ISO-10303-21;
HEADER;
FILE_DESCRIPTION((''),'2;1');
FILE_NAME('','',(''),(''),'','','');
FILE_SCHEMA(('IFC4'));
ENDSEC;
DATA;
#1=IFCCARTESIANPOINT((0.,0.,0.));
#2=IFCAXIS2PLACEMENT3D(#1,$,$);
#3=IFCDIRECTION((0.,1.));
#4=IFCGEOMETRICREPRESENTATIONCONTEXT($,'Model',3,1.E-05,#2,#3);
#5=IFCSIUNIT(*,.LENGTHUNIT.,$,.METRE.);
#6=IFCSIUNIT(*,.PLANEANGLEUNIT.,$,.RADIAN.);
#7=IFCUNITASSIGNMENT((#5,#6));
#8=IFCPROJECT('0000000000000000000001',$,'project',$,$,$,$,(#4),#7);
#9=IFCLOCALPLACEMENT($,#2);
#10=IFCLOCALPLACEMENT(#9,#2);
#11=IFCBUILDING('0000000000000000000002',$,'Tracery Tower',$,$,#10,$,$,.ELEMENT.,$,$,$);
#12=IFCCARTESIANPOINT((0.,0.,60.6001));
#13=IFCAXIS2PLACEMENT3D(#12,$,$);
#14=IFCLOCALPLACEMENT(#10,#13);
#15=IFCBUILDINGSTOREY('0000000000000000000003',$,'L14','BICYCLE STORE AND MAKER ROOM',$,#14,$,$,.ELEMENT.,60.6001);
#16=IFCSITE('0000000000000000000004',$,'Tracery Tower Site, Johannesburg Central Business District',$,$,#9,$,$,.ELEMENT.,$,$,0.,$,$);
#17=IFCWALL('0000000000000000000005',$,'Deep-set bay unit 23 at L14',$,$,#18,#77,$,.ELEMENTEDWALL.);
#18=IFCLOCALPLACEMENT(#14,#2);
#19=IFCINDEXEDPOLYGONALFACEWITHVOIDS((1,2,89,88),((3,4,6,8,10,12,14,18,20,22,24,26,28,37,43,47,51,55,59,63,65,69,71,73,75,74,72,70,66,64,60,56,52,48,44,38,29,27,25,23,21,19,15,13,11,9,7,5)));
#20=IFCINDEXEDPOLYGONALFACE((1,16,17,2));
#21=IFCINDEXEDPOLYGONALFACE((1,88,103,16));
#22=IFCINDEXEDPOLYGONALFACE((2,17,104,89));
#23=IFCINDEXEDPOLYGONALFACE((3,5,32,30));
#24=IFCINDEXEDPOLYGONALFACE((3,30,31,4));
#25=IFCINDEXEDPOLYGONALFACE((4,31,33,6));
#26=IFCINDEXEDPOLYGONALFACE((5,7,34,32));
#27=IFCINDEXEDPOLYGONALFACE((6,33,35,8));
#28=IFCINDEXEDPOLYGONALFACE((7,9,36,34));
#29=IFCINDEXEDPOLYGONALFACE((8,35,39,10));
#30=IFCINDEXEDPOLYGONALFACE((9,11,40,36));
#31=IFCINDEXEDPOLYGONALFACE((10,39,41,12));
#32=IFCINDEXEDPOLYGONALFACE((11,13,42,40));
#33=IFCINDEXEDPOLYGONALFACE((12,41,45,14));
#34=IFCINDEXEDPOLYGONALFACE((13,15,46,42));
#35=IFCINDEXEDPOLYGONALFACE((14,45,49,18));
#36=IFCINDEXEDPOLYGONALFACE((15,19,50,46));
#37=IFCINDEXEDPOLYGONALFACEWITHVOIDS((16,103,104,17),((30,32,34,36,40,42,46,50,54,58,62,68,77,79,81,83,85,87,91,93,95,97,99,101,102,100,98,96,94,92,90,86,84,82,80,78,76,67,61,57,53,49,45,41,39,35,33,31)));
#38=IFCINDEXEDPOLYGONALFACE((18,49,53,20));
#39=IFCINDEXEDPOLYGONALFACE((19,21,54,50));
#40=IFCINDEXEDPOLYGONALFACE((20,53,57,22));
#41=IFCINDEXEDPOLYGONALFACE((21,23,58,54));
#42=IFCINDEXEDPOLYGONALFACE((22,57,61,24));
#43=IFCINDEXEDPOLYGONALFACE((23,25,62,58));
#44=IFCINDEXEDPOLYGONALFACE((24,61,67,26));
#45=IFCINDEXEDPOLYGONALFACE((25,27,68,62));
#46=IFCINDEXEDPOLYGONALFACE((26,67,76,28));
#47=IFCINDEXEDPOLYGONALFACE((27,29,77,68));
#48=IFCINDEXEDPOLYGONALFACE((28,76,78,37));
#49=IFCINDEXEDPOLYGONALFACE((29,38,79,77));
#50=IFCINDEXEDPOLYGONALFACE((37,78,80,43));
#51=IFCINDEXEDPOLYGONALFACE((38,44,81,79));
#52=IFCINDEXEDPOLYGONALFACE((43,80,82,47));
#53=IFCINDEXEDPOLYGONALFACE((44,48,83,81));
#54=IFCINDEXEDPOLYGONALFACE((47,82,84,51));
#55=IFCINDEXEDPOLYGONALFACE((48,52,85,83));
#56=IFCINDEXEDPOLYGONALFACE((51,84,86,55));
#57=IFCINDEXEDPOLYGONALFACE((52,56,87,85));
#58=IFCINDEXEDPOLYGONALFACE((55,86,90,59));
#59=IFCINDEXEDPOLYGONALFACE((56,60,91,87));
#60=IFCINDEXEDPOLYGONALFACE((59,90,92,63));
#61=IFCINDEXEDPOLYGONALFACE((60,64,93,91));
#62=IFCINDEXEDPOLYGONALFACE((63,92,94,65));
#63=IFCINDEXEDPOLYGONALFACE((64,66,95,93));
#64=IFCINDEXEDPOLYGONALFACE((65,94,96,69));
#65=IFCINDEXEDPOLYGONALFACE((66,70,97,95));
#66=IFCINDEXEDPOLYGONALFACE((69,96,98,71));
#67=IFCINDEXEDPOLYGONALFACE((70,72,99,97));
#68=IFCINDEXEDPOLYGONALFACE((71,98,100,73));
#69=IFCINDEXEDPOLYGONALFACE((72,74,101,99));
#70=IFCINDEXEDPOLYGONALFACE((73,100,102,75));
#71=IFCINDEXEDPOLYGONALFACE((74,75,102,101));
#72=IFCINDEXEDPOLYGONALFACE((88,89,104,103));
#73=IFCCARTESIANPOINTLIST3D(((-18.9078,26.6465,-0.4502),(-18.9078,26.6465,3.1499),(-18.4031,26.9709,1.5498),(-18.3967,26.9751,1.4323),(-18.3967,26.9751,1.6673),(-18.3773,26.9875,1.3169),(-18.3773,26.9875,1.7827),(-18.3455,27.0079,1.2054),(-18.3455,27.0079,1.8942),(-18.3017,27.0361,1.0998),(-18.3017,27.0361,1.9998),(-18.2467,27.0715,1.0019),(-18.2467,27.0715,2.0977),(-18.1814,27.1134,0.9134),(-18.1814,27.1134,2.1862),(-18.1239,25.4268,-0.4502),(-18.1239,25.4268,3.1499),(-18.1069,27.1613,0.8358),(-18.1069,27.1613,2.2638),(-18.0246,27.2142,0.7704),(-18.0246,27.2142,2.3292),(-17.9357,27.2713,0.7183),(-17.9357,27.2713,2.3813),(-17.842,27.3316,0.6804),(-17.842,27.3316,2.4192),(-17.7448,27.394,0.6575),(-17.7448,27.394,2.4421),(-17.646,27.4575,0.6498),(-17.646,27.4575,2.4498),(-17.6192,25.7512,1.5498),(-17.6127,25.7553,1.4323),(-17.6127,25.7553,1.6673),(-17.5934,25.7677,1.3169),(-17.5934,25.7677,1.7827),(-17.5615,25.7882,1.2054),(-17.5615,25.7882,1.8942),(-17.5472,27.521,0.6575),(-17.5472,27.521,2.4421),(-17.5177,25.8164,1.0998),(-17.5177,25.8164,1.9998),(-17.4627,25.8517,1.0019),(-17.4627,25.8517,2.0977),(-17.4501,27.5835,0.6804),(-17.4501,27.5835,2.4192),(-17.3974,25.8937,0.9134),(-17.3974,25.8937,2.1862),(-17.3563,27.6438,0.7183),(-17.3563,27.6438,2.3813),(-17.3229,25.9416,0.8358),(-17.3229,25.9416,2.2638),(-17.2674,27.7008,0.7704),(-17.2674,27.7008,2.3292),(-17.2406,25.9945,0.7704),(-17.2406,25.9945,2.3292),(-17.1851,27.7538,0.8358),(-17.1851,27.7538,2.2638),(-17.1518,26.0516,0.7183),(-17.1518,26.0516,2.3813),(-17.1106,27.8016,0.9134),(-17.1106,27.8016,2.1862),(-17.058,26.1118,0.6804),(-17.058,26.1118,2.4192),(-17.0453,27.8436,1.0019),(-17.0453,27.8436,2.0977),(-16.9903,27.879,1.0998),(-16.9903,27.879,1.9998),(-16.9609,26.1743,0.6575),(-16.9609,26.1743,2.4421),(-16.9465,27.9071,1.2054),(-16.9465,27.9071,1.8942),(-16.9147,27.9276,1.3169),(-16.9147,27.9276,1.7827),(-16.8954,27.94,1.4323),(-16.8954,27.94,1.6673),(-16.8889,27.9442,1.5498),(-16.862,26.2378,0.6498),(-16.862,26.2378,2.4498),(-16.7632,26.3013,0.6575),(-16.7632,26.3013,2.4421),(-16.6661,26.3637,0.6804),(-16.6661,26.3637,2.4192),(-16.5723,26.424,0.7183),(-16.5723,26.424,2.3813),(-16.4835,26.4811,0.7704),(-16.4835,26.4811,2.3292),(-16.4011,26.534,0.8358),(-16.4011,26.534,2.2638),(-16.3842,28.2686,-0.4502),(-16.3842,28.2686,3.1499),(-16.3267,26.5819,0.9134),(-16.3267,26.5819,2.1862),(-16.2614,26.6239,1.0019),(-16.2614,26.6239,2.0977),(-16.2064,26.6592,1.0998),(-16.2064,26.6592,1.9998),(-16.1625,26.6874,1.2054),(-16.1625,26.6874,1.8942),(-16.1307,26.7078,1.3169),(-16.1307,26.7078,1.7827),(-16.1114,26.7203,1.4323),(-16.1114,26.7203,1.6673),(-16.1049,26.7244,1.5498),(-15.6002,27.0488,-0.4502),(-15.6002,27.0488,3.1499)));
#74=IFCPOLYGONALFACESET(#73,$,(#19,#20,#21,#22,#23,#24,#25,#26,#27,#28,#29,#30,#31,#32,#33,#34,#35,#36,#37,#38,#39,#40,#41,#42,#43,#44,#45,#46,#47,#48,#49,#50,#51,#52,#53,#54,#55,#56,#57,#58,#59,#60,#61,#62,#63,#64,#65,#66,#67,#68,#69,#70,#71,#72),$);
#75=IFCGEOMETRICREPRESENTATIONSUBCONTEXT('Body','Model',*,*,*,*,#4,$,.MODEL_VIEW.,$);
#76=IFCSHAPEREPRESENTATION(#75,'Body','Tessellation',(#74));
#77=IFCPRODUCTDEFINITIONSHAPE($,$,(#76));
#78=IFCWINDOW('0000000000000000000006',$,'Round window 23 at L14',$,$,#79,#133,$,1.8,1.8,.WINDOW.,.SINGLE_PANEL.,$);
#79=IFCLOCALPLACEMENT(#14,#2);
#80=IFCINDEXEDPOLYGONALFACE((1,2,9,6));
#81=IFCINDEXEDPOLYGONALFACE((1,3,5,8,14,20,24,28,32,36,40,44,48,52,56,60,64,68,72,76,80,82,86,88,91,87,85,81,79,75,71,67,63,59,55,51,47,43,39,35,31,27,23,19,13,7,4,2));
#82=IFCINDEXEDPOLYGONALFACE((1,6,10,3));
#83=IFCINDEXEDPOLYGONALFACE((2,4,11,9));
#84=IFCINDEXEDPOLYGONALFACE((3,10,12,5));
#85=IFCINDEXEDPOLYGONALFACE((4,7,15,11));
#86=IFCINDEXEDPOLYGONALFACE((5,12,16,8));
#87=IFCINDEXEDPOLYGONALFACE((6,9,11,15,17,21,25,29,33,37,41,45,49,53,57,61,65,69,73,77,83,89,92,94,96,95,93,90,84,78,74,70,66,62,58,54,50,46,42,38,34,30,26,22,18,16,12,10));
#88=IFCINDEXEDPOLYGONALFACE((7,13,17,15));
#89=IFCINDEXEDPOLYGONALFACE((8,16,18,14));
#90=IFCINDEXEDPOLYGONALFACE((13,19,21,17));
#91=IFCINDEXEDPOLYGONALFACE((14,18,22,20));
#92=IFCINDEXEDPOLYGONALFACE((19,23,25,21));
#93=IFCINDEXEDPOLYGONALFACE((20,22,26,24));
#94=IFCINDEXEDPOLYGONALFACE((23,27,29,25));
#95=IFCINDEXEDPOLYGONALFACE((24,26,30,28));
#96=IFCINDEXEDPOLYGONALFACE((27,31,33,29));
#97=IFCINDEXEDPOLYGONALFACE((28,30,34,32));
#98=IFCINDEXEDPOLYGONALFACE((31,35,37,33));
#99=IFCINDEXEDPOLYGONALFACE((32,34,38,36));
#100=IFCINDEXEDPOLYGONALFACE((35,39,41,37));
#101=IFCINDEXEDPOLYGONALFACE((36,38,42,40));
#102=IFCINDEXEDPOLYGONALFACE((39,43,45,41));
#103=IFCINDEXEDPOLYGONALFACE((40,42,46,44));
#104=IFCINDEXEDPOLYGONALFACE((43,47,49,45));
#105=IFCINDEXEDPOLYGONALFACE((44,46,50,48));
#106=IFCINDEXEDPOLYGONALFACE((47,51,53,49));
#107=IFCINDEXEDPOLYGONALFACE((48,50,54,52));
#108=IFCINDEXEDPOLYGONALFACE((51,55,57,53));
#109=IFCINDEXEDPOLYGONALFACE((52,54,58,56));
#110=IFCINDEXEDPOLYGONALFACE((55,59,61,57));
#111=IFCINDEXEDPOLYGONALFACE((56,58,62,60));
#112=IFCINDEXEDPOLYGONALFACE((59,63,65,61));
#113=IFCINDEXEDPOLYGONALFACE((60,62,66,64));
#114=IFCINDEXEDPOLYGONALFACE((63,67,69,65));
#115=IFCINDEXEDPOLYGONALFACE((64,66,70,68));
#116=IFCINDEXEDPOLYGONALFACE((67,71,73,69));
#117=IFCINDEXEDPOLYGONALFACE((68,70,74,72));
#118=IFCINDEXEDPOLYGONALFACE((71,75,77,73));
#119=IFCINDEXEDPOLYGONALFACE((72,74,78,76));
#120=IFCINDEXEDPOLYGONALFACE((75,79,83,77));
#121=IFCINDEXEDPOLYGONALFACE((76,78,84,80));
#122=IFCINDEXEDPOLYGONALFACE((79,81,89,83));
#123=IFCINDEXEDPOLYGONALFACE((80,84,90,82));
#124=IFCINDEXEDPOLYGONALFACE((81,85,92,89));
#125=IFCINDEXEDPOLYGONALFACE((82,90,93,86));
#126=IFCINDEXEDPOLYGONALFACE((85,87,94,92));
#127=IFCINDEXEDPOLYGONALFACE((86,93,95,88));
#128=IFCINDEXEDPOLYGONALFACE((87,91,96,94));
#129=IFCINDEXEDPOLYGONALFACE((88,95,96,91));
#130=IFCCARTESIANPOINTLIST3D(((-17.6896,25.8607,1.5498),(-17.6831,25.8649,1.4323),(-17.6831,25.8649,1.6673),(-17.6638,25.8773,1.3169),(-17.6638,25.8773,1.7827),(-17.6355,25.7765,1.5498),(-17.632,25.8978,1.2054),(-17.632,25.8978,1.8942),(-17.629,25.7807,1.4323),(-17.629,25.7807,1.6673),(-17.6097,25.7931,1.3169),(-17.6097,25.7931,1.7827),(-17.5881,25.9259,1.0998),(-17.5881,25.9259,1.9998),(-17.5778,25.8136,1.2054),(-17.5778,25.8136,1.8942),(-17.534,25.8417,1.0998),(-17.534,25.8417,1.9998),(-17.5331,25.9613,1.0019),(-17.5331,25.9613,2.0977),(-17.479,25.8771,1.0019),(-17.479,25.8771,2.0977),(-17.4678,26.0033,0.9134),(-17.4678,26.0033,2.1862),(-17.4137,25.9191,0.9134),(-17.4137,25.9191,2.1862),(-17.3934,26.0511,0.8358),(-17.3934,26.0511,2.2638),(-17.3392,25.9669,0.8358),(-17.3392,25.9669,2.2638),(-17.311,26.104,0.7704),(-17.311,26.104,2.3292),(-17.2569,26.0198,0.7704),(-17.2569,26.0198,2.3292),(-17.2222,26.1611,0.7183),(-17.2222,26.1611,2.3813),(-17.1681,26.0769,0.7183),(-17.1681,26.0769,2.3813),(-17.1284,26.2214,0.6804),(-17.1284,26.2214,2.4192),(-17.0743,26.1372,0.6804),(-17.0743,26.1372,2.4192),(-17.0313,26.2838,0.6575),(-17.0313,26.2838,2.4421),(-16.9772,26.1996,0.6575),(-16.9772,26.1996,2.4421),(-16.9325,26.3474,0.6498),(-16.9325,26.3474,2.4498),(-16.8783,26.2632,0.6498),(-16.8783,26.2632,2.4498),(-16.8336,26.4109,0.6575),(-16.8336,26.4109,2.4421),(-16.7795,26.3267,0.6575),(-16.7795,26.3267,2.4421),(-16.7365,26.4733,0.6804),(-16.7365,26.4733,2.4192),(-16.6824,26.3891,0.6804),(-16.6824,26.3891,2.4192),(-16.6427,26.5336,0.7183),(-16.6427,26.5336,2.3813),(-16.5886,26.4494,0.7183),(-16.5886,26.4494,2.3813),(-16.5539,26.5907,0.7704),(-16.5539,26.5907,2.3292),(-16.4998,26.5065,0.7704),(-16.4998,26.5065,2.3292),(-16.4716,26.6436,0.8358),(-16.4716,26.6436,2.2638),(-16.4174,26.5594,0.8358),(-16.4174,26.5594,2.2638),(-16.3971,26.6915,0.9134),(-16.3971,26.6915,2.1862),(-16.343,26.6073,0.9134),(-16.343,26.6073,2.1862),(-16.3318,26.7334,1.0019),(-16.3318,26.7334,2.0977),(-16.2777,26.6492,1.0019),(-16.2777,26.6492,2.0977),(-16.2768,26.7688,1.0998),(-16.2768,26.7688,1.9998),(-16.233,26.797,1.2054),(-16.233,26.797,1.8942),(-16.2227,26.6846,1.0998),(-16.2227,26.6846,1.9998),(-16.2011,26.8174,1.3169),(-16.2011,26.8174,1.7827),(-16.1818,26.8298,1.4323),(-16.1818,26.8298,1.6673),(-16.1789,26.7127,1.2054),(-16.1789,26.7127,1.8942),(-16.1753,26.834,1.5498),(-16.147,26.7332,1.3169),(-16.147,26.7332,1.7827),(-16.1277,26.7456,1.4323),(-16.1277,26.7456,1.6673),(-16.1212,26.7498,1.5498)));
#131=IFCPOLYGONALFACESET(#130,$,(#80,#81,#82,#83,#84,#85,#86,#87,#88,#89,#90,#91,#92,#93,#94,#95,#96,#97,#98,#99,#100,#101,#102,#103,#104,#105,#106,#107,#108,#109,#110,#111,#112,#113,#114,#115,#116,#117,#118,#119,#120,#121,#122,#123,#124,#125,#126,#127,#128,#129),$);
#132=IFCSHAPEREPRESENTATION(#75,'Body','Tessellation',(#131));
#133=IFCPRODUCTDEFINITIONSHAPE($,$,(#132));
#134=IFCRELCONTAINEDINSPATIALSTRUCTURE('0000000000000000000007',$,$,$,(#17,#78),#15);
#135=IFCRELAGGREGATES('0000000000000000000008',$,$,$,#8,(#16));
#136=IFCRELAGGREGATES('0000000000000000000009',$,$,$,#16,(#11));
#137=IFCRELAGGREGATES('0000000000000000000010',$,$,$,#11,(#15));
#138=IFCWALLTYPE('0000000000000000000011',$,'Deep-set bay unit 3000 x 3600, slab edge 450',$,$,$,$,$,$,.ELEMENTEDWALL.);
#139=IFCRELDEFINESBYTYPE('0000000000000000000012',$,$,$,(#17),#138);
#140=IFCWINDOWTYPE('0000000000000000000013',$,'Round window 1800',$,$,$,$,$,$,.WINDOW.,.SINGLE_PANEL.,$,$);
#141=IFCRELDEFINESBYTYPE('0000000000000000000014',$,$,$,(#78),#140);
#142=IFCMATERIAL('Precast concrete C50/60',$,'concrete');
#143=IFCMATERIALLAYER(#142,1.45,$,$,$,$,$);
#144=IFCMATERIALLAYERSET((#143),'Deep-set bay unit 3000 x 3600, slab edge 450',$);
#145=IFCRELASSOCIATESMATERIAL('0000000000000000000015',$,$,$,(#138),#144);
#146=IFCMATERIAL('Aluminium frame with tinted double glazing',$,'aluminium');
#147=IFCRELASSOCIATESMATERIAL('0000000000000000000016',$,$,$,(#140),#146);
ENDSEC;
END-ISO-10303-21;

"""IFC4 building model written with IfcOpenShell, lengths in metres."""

from ifc_helpers import new_model, si_unit, direction, frame, frame_2d, origin, origin_2d, place, context, subcontext, project, spatial, rectangle, circle, extrude, material, layer, layer_set, type_object, element, fill, save


model = new_model("IFC4")

# Units and contexts
model_context = context("Model", 3, precision=1e-05, world=origin(), true_north=direction((0.0, 1.0)))
body_context = subcontext(model_context, "Body", "Model", "MODEL_VIEW")
ifc_project = project(units=[si_unit("LENGTHUNIT", "METRE"), si_unit("PLANEANGLEUNIT", "RADIAN")], contexts=[model_context])

# Site, building, storey
site_placement = place(None, origin())
site = spatial("IfcSite", under=ifc_project, at=site_placement, Name="Tracery Tower Site, Johannesburg Central Business District", CompositionType="ELEMENT", RefElevation=0.0)
building_placement = place(site_placement, origin())
building = spatial("IfcBuilding", under=site, at=building_placement, Name="Tracery Tower", CompositionType="ELEMENT")
storey_placement = place(building_placement, frame((0.0, 0.0, 60.6001)))
storey = spatial("IfcBuildingStorey", under=building, at=storey_placement, Name="L14", Description="BICYCLE STORE AND MAKER ROOM", CompositionType="ELEMENT", Elevation=60.6001)

# Wall, opening, window
ifc_material_1 = material(Name="Precast concrete C50/60", Category="concrete")
ifc_layer_1 = layer(ifc_material_1, 1.45)
ifc_layer_set_1 = layer_set([ifc_layer_1], Name="Deep-set bay unit 3000 x 3600, slab edge 450")
wall_type_1 = type_object("IfcWallType", Name="Deep-set bay unit 3000 x 3600, slab edge 450", PredefinedType="ELEMENTEDWALL", material=ifc_layer_set_1)
ifc_material_2 = material(Name="Aluminium frame with tinted double glazing", Category="aluminium")
window_type = type_object("IfcWindowType", Name="Round window 1800", PartitioningType="SINGLE_PANEL", PredefinedType="WINDOW", material=ifc_material_2)
wall_1_placement = place(storey_placement, frame((-15.9922, 27.6587, -0.4502), z_axis=(0.0, 0.0, 1.0), x_axis=(-0.841223, -0.540688, 0.0)))
wall_1 = element("IfcWall", 1, at=wall_1_placement, inside=storey, type_object=wall_type_1, Name="Deep-set bay unit 23 at L14", PredefinedType="ELEMENTEDWALL", context=body_context, shape_type="SweptSolid", body=[
    extrude(rectangle(XDim=3.0, YDim=1.45, at=frame_2d((1.5, 0.0))), origin(), (0.0, 0.0, 1.0), 3.6001),
])
opening_1_placement = place(wall_1_placement, frame((1.5, 0.0, 2.0)))
opening_1 = element("IfcOpeningElement", 2, at=opening_1_placement, cuts=wall_1, PredefinedType="OPENING", context=body_context, shape_type="SweptSolid", body=[
    extrude(circle(Radius=0.9, at=origin_2d()), frame((0.0, 0.7349, 0.0), z_axis=(0.0, -1.0, 0.0), x_axis=(1.0, 0.0, 0.0)), (0.0, 0.0, 1.0), 1.47),
])
window_1_placement = place(opening_1_placement, origin())
window_1 = element("IfcWindow", 3, at=window_1_placement, inside=storey, type_object=window_type, Name="Round window 23 at L14", OverallHeight=1.8, OverallWidth=1.8, PartitioningType="SINGLE_PANEL", PredefinedType="WINDOW", context=body_context, shape_type="SweptSolid", body=[
    extrude(circle(Radius=0.9, at=origin_2d()), frame((0.0, 0.6948, 0.0), z_axis=(0.0, -1.0, 0.0), x_axis=(1.0, 0.0, 0.0)), (0.0, 0.0, 1.0), 0.1001),
])
fill(opening_1, window_1)

save(model, "model.ifc")
